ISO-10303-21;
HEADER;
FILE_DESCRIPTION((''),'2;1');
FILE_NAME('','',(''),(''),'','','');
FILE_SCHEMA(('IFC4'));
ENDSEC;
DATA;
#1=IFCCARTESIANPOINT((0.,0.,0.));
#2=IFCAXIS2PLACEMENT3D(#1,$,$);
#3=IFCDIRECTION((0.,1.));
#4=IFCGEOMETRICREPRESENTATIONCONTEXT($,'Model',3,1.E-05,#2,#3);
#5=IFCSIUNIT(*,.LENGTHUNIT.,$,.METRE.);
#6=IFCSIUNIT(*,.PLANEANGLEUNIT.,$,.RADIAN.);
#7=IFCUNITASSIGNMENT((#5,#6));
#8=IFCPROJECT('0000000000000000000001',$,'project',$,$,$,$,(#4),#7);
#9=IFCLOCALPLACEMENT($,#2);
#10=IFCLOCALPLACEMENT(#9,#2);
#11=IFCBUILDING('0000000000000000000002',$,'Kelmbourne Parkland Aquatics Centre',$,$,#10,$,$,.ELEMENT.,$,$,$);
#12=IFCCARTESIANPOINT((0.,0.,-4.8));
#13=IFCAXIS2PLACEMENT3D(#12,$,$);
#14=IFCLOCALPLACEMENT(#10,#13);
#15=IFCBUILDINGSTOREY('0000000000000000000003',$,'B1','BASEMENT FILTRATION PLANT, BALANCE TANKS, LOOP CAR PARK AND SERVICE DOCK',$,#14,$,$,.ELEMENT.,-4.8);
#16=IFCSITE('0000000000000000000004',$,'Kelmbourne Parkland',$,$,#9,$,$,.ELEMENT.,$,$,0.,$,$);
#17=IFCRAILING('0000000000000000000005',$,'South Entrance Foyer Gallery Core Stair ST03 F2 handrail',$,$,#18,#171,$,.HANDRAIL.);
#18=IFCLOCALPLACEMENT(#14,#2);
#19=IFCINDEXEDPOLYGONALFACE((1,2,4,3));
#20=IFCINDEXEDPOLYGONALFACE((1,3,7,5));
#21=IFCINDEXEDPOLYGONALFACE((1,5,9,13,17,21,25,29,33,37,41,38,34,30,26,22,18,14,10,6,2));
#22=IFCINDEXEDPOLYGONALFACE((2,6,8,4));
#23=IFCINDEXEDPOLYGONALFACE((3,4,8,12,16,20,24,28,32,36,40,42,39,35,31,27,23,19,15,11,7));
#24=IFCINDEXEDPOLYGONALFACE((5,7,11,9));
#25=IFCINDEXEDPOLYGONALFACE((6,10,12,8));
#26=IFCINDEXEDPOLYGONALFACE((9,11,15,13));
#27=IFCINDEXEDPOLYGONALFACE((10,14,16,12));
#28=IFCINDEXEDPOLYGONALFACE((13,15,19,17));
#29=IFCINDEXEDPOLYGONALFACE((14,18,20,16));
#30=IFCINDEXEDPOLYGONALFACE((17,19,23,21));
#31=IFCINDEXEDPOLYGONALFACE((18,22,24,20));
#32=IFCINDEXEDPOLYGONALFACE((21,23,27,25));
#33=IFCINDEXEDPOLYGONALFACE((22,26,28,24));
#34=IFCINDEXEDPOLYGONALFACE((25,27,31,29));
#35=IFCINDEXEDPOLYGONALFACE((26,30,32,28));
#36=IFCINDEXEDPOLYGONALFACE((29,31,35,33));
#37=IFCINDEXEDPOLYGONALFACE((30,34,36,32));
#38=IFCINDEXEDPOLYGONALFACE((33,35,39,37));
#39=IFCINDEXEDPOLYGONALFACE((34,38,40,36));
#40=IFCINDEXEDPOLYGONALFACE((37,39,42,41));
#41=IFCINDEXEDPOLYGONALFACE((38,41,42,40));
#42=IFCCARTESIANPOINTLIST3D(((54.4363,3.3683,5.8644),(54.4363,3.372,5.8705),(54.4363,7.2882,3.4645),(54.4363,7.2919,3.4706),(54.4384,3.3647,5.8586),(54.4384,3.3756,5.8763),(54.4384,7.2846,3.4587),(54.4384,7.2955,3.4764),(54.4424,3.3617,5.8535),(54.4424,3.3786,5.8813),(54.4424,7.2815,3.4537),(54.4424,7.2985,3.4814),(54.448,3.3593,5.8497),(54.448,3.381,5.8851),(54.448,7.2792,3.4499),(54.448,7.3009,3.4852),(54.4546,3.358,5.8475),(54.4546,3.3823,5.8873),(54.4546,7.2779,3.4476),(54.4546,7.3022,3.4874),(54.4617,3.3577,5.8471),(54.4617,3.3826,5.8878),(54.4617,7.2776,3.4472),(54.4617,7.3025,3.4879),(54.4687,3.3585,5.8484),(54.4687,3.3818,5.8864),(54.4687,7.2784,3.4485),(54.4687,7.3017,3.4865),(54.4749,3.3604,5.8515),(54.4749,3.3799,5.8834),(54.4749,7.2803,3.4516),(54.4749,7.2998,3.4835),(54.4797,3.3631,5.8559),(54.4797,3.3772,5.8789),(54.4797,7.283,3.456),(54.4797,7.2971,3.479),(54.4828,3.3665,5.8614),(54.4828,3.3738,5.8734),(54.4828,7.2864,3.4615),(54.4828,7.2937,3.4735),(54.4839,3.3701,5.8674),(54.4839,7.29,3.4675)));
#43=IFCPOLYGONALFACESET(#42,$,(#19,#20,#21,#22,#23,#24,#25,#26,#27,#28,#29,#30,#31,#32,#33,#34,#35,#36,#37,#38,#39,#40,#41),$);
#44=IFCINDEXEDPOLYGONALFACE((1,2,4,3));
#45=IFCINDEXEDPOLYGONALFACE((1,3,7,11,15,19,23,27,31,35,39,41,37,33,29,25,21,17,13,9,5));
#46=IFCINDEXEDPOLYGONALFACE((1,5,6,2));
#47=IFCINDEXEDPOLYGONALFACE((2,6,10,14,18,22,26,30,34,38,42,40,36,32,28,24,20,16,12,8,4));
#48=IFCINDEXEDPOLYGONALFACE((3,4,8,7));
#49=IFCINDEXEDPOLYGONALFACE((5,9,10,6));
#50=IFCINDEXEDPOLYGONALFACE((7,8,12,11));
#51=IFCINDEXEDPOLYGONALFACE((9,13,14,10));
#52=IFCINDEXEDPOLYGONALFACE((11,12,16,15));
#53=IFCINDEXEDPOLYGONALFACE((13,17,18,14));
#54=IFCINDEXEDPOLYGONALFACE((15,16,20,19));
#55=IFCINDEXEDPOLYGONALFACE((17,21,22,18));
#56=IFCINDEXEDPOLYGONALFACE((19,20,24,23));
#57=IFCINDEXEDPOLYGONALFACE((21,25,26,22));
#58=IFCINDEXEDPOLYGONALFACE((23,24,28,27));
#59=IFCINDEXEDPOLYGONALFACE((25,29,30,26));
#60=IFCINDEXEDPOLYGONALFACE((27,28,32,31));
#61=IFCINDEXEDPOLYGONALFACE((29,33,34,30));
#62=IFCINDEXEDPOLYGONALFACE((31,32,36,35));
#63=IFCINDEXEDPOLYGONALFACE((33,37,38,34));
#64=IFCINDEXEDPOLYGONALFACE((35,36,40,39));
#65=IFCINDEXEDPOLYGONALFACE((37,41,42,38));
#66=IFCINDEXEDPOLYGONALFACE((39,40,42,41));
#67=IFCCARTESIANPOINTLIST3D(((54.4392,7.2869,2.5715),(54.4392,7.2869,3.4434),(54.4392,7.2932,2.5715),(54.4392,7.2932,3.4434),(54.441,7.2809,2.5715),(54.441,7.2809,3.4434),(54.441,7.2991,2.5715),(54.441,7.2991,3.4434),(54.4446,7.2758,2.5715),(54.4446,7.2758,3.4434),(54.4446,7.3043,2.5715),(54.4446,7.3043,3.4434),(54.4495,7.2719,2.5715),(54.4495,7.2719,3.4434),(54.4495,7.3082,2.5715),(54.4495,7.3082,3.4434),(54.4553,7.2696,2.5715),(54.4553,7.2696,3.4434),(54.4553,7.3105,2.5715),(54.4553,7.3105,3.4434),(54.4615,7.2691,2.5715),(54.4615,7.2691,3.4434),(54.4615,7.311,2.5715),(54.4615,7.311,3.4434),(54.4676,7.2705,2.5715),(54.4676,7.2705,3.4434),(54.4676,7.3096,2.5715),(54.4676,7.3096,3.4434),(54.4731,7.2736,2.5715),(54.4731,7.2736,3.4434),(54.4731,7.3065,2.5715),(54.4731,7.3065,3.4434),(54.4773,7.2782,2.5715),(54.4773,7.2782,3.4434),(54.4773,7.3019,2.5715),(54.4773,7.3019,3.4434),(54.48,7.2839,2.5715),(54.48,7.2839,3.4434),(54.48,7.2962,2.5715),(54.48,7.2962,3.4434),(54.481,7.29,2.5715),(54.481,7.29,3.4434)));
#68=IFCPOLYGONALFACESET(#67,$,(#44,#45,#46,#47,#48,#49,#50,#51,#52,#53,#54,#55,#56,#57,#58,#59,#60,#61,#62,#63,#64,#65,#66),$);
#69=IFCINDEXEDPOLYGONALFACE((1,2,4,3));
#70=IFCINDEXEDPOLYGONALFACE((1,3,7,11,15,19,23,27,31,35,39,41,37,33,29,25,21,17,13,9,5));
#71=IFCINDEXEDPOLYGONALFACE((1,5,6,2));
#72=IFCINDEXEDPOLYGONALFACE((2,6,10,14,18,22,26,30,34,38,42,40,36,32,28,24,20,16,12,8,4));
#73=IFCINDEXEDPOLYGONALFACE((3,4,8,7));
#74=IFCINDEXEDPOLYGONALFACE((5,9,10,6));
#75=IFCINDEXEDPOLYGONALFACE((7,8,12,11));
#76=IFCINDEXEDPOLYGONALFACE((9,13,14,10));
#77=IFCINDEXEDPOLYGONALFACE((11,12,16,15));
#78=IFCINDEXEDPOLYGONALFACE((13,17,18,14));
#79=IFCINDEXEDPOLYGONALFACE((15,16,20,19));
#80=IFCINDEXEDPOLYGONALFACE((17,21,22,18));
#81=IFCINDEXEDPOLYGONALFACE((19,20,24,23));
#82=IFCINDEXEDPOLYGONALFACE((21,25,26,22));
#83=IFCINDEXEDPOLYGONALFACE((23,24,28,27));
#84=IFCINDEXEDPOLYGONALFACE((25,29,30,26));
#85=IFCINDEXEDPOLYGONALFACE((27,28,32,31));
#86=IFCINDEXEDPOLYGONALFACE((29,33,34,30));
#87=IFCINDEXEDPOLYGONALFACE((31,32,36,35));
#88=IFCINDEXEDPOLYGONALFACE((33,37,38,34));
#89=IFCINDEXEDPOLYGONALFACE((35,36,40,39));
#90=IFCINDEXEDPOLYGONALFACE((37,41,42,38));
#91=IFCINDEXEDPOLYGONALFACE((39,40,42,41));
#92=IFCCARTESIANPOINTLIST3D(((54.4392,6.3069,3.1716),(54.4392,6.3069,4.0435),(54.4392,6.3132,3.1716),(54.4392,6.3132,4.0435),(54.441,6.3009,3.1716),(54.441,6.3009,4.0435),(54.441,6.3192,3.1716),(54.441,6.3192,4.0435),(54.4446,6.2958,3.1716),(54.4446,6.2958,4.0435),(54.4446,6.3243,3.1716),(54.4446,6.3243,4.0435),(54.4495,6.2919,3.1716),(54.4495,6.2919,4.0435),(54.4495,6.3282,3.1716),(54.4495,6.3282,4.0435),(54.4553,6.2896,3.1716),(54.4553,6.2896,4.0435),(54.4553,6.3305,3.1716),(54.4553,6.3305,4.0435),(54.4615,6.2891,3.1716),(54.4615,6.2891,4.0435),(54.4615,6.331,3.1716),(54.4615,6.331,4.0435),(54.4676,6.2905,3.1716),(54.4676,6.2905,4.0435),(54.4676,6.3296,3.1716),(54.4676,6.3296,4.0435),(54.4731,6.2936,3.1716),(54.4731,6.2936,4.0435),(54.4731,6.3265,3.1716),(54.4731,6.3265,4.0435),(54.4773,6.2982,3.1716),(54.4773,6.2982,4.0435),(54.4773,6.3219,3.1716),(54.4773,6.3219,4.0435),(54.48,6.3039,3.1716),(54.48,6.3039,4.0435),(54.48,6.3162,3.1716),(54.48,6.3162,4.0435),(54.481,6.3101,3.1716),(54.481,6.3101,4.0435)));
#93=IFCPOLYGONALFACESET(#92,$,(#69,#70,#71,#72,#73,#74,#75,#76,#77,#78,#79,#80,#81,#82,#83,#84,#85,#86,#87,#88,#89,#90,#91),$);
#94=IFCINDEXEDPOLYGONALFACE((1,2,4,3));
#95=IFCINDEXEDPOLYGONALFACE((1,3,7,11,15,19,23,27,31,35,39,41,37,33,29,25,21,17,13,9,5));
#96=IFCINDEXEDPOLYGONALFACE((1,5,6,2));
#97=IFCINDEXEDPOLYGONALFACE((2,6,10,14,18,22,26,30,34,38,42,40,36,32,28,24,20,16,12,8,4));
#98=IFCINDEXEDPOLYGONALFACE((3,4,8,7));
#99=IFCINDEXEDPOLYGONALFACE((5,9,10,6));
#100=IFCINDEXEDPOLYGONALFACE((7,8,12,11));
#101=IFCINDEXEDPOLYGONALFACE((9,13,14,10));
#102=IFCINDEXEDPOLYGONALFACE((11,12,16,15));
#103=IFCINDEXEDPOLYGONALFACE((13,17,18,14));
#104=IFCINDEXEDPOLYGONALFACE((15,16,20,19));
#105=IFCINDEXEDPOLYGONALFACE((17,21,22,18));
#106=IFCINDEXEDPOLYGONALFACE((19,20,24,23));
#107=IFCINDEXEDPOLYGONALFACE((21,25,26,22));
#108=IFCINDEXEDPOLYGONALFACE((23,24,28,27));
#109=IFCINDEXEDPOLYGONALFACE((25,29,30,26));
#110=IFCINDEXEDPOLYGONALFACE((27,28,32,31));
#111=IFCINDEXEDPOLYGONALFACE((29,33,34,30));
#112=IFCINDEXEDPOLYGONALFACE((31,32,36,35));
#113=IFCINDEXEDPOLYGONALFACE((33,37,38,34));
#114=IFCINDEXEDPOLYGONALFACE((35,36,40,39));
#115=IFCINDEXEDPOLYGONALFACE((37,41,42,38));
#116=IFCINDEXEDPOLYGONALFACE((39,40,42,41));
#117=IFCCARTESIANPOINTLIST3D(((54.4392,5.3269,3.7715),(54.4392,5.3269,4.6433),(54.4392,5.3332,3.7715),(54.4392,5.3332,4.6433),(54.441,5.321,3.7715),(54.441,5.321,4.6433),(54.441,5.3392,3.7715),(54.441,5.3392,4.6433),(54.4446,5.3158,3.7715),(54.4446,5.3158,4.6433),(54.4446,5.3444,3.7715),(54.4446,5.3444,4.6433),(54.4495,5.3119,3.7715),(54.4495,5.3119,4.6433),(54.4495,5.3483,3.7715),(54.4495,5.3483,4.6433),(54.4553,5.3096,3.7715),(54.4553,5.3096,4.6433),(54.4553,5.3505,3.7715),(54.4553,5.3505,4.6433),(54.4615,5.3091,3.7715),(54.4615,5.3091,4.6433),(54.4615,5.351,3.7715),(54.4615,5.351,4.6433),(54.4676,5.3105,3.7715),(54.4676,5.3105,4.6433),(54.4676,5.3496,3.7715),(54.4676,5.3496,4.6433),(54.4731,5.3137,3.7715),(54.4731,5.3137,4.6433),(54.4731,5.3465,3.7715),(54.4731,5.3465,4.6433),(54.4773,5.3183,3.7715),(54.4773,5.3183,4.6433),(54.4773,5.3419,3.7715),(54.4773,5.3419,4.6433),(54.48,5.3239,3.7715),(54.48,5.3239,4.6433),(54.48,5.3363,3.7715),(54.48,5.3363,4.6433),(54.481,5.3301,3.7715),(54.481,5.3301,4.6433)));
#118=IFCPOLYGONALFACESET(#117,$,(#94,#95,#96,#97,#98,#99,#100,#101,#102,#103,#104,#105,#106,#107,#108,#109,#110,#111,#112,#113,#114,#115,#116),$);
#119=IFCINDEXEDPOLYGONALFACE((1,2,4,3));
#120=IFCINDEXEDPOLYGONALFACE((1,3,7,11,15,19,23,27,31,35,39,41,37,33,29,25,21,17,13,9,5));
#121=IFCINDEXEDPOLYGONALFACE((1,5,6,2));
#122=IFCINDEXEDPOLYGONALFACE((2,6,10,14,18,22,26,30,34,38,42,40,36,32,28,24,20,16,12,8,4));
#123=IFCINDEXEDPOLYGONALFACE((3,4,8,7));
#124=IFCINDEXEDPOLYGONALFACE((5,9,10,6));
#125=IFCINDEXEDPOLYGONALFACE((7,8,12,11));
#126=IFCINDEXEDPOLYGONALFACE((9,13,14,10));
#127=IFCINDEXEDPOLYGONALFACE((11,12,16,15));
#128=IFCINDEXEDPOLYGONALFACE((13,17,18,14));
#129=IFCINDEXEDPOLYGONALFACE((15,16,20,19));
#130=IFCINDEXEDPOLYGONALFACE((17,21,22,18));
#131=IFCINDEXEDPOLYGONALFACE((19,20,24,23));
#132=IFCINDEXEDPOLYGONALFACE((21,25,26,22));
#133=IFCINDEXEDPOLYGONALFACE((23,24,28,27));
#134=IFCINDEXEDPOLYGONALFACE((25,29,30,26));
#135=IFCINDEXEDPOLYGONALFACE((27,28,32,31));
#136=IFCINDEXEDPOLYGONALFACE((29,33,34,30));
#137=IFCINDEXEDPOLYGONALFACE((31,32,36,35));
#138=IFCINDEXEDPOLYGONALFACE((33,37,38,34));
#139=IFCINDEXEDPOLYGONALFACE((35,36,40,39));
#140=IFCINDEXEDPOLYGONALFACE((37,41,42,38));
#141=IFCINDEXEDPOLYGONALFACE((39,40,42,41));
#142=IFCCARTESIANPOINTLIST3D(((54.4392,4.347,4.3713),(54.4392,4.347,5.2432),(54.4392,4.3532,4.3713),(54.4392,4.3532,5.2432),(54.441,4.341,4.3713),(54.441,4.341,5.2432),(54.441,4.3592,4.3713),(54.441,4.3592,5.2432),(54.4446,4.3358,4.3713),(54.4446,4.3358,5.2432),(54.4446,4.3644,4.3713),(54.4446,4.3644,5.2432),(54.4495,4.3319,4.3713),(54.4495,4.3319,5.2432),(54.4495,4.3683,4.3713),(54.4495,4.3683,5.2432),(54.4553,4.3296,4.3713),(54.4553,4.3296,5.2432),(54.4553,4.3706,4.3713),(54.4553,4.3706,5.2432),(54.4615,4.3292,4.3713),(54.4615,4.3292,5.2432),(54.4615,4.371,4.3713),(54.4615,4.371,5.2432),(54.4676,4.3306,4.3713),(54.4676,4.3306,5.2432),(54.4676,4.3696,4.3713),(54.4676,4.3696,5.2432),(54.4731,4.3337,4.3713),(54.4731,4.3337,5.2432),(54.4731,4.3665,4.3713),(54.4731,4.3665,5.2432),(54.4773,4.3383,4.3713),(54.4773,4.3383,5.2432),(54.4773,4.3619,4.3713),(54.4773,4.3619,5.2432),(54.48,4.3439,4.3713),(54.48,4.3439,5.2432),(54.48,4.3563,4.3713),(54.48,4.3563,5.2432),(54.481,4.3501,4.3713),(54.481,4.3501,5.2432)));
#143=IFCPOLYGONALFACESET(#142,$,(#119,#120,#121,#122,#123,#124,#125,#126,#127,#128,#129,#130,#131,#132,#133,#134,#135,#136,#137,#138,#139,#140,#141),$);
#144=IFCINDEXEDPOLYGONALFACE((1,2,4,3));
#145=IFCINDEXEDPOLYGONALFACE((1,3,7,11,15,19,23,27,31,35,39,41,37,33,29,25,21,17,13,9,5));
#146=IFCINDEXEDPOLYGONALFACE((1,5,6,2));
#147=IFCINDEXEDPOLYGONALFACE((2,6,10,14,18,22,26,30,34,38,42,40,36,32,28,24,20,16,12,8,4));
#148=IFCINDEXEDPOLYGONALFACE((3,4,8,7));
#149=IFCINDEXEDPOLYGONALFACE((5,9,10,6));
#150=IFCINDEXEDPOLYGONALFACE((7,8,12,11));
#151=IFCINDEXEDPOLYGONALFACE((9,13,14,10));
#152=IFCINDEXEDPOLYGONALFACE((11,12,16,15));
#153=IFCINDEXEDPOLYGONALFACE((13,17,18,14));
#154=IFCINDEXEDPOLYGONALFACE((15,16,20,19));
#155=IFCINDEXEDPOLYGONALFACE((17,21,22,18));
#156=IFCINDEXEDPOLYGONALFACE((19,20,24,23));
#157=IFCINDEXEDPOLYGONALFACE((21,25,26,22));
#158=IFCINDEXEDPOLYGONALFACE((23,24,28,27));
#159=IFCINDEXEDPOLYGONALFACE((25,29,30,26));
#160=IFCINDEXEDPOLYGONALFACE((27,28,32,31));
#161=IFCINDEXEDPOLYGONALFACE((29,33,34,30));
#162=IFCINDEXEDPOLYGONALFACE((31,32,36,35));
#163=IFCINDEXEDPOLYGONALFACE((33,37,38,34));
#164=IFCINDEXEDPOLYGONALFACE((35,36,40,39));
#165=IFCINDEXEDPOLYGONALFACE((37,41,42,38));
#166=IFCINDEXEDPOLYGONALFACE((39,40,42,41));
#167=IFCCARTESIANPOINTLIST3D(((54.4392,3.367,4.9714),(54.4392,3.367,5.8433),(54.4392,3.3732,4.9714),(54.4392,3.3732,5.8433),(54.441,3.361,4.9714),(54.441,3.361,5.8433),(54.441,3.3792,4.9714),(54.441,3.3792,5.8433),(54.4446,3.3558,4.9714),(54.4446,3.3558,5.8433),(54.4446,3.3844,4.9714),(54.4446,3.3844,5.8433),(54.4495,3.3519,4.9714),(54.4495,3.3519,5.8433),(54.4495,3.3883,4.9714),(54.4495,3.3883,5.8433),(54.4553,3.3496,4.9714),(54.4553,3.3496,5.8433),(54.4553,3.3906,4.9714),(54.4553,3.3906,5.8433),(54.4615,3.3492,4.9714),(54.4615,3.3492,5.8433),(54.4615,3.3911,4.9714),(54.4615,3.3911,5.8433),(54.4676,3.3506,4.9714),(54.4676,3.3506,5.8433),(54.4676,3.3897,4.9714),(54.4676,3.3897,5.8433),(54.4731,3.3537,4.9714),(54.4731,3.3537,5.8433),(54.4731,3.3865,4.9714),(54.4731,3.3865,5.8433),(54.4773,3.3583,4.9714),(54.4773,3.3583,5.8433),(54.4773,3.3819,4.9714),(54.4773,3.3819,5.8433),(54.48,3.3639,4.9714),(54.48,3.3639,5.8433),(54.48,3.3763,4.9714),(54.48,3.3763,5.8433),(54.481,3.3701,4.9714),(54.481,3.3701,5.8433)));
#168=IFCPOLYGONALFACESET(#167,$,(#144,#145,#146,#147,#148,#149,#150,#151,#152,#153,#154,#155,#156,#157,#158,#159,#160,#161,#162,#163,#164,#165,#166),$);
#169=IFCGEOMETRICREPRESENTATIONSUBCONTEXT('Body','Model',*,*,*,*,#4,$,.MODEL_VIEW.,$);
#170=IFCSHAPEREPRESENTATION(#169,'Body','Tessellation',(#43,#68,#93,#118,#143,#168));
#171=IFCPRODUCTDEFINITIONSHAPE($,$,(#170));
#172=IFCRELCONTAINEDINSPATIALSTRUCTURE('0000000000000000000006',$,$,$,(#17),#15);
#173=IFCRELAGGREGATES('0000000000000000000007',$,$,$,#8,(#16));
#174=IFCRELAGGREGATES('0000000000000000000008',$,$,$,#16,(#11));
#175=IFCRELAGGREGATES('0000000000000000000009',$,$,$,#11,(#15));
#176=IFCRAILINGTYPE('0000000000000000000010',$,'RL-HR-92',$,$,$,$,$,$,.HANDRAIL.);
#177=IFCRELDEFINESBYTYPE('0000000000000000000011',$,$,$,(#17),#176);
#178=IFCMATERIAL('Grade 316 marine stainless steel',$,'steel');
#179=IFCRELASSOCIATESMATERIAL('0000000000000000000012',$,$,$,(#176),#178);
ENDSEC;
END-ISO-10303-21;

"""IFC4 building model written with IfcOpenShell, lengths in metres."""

from ifc_helpers import new_model, si_unit, direction, frame, origin, origin_2d, place, context, subcontext, project, spatial, circle, extrude, material, type_object, element, save


model = new_model("IFC4")

# Units and contexts
model_context = context("Model", 3, precision=1e-05, world=origin(), true_north=direction((0.0, 1.0)))
body_context = subcontext(model_context, "Body", "Model", "MODEL_VIEW")
ifc_project = project(units=[si_unit("LENGTHUNIT", "METRE"), si_unit("PLANEANGLEUNIT", "RADIAN")], contexts=[model_context])

# Site, building, storey
site_placement = place(None, origin())
site = spatial("IfcSite", under=ifc_project, at=site_placement, Name="Kelmbourne Parkland", CompositionType="ELEMENT", RefElevation=0.0)
building_placement = place(site_placement, origin())
building = spatial("IfcBuilding", under=site, at=building_placement, Name="Kelmbourne Parkland Aquatics Centre", CompositionType="ELEMENT")
storey_placement = place(building_placement, frame((0.0, 0.0, -4.8)))
storey = spatial("IfcBuildingStorey", under=building, at=storey_placement, Name="B1", Description="BASEMENT FILTRATION PLANT, BALANCE TANKS, LOOP CAR PARK AND SERVICE DOCK", CompositionType="ELEMENT", Elevation=-4.8)

# Railing
ifc_material_1 = material(Name="Grade 316 marine stainless steel", Category="steel")
railing_type_1 = type_object("IfcRailingType", Name="RL-HR-92", PredefinedType="HANDRAIL", material=ifc_material_1)
railing_1_placement = place(storey_placement, frame((54.46, 7.29, 2.5715)))
element("IfcRailing", 1, at=railing_1_placement, inside=storey, type_object=railing_type_1, Name="South Entrance Foyer Gallery Core Stair ST03 F2 handrail", PredefinedType="HANDRAIL", context=body_context, shape_type="SweptSolid", body=[
    extrude(circle(Radius=0.0239, at=origin_2d()), frame((0.0, 0.0, 0.896), z_axis=(0.0, -0.852856, 0.522146), x_axis=(1.0, 0.0, 0.0)), (0.0, 0.0, 1.0), 4.5962),
    extrude(circle(Radius=0.021, at=origin_2d()), origin(), (0.0, 0.0, 1.0), 0.8718),
    extrude(circle(Radius=0.021, at=origin_2d()), frame((0.0, -0.98, 0.6001)), (0.0, 0.0, 1.0), 0.8718),
    extrude(circle(Radius=0.021, at=origin_2d()), frame((0.0, -1.96, 1.2)), (0.0, 0.0, 1.0), 0.8718),
    extrude(circle(Radius=0.021, at=origin_2d()), frame((0.0, -2.9399, 1.7998)), (0.0, 0.0, 1.0), 0.8718),
    extrude(circle(Radius=0.021, at=origin_2d()), frame((0.0, -3.9199, 2.3999)), (0.0, 0.0, 1.0), 0.8718),
])

save(model, "model.ifc")
